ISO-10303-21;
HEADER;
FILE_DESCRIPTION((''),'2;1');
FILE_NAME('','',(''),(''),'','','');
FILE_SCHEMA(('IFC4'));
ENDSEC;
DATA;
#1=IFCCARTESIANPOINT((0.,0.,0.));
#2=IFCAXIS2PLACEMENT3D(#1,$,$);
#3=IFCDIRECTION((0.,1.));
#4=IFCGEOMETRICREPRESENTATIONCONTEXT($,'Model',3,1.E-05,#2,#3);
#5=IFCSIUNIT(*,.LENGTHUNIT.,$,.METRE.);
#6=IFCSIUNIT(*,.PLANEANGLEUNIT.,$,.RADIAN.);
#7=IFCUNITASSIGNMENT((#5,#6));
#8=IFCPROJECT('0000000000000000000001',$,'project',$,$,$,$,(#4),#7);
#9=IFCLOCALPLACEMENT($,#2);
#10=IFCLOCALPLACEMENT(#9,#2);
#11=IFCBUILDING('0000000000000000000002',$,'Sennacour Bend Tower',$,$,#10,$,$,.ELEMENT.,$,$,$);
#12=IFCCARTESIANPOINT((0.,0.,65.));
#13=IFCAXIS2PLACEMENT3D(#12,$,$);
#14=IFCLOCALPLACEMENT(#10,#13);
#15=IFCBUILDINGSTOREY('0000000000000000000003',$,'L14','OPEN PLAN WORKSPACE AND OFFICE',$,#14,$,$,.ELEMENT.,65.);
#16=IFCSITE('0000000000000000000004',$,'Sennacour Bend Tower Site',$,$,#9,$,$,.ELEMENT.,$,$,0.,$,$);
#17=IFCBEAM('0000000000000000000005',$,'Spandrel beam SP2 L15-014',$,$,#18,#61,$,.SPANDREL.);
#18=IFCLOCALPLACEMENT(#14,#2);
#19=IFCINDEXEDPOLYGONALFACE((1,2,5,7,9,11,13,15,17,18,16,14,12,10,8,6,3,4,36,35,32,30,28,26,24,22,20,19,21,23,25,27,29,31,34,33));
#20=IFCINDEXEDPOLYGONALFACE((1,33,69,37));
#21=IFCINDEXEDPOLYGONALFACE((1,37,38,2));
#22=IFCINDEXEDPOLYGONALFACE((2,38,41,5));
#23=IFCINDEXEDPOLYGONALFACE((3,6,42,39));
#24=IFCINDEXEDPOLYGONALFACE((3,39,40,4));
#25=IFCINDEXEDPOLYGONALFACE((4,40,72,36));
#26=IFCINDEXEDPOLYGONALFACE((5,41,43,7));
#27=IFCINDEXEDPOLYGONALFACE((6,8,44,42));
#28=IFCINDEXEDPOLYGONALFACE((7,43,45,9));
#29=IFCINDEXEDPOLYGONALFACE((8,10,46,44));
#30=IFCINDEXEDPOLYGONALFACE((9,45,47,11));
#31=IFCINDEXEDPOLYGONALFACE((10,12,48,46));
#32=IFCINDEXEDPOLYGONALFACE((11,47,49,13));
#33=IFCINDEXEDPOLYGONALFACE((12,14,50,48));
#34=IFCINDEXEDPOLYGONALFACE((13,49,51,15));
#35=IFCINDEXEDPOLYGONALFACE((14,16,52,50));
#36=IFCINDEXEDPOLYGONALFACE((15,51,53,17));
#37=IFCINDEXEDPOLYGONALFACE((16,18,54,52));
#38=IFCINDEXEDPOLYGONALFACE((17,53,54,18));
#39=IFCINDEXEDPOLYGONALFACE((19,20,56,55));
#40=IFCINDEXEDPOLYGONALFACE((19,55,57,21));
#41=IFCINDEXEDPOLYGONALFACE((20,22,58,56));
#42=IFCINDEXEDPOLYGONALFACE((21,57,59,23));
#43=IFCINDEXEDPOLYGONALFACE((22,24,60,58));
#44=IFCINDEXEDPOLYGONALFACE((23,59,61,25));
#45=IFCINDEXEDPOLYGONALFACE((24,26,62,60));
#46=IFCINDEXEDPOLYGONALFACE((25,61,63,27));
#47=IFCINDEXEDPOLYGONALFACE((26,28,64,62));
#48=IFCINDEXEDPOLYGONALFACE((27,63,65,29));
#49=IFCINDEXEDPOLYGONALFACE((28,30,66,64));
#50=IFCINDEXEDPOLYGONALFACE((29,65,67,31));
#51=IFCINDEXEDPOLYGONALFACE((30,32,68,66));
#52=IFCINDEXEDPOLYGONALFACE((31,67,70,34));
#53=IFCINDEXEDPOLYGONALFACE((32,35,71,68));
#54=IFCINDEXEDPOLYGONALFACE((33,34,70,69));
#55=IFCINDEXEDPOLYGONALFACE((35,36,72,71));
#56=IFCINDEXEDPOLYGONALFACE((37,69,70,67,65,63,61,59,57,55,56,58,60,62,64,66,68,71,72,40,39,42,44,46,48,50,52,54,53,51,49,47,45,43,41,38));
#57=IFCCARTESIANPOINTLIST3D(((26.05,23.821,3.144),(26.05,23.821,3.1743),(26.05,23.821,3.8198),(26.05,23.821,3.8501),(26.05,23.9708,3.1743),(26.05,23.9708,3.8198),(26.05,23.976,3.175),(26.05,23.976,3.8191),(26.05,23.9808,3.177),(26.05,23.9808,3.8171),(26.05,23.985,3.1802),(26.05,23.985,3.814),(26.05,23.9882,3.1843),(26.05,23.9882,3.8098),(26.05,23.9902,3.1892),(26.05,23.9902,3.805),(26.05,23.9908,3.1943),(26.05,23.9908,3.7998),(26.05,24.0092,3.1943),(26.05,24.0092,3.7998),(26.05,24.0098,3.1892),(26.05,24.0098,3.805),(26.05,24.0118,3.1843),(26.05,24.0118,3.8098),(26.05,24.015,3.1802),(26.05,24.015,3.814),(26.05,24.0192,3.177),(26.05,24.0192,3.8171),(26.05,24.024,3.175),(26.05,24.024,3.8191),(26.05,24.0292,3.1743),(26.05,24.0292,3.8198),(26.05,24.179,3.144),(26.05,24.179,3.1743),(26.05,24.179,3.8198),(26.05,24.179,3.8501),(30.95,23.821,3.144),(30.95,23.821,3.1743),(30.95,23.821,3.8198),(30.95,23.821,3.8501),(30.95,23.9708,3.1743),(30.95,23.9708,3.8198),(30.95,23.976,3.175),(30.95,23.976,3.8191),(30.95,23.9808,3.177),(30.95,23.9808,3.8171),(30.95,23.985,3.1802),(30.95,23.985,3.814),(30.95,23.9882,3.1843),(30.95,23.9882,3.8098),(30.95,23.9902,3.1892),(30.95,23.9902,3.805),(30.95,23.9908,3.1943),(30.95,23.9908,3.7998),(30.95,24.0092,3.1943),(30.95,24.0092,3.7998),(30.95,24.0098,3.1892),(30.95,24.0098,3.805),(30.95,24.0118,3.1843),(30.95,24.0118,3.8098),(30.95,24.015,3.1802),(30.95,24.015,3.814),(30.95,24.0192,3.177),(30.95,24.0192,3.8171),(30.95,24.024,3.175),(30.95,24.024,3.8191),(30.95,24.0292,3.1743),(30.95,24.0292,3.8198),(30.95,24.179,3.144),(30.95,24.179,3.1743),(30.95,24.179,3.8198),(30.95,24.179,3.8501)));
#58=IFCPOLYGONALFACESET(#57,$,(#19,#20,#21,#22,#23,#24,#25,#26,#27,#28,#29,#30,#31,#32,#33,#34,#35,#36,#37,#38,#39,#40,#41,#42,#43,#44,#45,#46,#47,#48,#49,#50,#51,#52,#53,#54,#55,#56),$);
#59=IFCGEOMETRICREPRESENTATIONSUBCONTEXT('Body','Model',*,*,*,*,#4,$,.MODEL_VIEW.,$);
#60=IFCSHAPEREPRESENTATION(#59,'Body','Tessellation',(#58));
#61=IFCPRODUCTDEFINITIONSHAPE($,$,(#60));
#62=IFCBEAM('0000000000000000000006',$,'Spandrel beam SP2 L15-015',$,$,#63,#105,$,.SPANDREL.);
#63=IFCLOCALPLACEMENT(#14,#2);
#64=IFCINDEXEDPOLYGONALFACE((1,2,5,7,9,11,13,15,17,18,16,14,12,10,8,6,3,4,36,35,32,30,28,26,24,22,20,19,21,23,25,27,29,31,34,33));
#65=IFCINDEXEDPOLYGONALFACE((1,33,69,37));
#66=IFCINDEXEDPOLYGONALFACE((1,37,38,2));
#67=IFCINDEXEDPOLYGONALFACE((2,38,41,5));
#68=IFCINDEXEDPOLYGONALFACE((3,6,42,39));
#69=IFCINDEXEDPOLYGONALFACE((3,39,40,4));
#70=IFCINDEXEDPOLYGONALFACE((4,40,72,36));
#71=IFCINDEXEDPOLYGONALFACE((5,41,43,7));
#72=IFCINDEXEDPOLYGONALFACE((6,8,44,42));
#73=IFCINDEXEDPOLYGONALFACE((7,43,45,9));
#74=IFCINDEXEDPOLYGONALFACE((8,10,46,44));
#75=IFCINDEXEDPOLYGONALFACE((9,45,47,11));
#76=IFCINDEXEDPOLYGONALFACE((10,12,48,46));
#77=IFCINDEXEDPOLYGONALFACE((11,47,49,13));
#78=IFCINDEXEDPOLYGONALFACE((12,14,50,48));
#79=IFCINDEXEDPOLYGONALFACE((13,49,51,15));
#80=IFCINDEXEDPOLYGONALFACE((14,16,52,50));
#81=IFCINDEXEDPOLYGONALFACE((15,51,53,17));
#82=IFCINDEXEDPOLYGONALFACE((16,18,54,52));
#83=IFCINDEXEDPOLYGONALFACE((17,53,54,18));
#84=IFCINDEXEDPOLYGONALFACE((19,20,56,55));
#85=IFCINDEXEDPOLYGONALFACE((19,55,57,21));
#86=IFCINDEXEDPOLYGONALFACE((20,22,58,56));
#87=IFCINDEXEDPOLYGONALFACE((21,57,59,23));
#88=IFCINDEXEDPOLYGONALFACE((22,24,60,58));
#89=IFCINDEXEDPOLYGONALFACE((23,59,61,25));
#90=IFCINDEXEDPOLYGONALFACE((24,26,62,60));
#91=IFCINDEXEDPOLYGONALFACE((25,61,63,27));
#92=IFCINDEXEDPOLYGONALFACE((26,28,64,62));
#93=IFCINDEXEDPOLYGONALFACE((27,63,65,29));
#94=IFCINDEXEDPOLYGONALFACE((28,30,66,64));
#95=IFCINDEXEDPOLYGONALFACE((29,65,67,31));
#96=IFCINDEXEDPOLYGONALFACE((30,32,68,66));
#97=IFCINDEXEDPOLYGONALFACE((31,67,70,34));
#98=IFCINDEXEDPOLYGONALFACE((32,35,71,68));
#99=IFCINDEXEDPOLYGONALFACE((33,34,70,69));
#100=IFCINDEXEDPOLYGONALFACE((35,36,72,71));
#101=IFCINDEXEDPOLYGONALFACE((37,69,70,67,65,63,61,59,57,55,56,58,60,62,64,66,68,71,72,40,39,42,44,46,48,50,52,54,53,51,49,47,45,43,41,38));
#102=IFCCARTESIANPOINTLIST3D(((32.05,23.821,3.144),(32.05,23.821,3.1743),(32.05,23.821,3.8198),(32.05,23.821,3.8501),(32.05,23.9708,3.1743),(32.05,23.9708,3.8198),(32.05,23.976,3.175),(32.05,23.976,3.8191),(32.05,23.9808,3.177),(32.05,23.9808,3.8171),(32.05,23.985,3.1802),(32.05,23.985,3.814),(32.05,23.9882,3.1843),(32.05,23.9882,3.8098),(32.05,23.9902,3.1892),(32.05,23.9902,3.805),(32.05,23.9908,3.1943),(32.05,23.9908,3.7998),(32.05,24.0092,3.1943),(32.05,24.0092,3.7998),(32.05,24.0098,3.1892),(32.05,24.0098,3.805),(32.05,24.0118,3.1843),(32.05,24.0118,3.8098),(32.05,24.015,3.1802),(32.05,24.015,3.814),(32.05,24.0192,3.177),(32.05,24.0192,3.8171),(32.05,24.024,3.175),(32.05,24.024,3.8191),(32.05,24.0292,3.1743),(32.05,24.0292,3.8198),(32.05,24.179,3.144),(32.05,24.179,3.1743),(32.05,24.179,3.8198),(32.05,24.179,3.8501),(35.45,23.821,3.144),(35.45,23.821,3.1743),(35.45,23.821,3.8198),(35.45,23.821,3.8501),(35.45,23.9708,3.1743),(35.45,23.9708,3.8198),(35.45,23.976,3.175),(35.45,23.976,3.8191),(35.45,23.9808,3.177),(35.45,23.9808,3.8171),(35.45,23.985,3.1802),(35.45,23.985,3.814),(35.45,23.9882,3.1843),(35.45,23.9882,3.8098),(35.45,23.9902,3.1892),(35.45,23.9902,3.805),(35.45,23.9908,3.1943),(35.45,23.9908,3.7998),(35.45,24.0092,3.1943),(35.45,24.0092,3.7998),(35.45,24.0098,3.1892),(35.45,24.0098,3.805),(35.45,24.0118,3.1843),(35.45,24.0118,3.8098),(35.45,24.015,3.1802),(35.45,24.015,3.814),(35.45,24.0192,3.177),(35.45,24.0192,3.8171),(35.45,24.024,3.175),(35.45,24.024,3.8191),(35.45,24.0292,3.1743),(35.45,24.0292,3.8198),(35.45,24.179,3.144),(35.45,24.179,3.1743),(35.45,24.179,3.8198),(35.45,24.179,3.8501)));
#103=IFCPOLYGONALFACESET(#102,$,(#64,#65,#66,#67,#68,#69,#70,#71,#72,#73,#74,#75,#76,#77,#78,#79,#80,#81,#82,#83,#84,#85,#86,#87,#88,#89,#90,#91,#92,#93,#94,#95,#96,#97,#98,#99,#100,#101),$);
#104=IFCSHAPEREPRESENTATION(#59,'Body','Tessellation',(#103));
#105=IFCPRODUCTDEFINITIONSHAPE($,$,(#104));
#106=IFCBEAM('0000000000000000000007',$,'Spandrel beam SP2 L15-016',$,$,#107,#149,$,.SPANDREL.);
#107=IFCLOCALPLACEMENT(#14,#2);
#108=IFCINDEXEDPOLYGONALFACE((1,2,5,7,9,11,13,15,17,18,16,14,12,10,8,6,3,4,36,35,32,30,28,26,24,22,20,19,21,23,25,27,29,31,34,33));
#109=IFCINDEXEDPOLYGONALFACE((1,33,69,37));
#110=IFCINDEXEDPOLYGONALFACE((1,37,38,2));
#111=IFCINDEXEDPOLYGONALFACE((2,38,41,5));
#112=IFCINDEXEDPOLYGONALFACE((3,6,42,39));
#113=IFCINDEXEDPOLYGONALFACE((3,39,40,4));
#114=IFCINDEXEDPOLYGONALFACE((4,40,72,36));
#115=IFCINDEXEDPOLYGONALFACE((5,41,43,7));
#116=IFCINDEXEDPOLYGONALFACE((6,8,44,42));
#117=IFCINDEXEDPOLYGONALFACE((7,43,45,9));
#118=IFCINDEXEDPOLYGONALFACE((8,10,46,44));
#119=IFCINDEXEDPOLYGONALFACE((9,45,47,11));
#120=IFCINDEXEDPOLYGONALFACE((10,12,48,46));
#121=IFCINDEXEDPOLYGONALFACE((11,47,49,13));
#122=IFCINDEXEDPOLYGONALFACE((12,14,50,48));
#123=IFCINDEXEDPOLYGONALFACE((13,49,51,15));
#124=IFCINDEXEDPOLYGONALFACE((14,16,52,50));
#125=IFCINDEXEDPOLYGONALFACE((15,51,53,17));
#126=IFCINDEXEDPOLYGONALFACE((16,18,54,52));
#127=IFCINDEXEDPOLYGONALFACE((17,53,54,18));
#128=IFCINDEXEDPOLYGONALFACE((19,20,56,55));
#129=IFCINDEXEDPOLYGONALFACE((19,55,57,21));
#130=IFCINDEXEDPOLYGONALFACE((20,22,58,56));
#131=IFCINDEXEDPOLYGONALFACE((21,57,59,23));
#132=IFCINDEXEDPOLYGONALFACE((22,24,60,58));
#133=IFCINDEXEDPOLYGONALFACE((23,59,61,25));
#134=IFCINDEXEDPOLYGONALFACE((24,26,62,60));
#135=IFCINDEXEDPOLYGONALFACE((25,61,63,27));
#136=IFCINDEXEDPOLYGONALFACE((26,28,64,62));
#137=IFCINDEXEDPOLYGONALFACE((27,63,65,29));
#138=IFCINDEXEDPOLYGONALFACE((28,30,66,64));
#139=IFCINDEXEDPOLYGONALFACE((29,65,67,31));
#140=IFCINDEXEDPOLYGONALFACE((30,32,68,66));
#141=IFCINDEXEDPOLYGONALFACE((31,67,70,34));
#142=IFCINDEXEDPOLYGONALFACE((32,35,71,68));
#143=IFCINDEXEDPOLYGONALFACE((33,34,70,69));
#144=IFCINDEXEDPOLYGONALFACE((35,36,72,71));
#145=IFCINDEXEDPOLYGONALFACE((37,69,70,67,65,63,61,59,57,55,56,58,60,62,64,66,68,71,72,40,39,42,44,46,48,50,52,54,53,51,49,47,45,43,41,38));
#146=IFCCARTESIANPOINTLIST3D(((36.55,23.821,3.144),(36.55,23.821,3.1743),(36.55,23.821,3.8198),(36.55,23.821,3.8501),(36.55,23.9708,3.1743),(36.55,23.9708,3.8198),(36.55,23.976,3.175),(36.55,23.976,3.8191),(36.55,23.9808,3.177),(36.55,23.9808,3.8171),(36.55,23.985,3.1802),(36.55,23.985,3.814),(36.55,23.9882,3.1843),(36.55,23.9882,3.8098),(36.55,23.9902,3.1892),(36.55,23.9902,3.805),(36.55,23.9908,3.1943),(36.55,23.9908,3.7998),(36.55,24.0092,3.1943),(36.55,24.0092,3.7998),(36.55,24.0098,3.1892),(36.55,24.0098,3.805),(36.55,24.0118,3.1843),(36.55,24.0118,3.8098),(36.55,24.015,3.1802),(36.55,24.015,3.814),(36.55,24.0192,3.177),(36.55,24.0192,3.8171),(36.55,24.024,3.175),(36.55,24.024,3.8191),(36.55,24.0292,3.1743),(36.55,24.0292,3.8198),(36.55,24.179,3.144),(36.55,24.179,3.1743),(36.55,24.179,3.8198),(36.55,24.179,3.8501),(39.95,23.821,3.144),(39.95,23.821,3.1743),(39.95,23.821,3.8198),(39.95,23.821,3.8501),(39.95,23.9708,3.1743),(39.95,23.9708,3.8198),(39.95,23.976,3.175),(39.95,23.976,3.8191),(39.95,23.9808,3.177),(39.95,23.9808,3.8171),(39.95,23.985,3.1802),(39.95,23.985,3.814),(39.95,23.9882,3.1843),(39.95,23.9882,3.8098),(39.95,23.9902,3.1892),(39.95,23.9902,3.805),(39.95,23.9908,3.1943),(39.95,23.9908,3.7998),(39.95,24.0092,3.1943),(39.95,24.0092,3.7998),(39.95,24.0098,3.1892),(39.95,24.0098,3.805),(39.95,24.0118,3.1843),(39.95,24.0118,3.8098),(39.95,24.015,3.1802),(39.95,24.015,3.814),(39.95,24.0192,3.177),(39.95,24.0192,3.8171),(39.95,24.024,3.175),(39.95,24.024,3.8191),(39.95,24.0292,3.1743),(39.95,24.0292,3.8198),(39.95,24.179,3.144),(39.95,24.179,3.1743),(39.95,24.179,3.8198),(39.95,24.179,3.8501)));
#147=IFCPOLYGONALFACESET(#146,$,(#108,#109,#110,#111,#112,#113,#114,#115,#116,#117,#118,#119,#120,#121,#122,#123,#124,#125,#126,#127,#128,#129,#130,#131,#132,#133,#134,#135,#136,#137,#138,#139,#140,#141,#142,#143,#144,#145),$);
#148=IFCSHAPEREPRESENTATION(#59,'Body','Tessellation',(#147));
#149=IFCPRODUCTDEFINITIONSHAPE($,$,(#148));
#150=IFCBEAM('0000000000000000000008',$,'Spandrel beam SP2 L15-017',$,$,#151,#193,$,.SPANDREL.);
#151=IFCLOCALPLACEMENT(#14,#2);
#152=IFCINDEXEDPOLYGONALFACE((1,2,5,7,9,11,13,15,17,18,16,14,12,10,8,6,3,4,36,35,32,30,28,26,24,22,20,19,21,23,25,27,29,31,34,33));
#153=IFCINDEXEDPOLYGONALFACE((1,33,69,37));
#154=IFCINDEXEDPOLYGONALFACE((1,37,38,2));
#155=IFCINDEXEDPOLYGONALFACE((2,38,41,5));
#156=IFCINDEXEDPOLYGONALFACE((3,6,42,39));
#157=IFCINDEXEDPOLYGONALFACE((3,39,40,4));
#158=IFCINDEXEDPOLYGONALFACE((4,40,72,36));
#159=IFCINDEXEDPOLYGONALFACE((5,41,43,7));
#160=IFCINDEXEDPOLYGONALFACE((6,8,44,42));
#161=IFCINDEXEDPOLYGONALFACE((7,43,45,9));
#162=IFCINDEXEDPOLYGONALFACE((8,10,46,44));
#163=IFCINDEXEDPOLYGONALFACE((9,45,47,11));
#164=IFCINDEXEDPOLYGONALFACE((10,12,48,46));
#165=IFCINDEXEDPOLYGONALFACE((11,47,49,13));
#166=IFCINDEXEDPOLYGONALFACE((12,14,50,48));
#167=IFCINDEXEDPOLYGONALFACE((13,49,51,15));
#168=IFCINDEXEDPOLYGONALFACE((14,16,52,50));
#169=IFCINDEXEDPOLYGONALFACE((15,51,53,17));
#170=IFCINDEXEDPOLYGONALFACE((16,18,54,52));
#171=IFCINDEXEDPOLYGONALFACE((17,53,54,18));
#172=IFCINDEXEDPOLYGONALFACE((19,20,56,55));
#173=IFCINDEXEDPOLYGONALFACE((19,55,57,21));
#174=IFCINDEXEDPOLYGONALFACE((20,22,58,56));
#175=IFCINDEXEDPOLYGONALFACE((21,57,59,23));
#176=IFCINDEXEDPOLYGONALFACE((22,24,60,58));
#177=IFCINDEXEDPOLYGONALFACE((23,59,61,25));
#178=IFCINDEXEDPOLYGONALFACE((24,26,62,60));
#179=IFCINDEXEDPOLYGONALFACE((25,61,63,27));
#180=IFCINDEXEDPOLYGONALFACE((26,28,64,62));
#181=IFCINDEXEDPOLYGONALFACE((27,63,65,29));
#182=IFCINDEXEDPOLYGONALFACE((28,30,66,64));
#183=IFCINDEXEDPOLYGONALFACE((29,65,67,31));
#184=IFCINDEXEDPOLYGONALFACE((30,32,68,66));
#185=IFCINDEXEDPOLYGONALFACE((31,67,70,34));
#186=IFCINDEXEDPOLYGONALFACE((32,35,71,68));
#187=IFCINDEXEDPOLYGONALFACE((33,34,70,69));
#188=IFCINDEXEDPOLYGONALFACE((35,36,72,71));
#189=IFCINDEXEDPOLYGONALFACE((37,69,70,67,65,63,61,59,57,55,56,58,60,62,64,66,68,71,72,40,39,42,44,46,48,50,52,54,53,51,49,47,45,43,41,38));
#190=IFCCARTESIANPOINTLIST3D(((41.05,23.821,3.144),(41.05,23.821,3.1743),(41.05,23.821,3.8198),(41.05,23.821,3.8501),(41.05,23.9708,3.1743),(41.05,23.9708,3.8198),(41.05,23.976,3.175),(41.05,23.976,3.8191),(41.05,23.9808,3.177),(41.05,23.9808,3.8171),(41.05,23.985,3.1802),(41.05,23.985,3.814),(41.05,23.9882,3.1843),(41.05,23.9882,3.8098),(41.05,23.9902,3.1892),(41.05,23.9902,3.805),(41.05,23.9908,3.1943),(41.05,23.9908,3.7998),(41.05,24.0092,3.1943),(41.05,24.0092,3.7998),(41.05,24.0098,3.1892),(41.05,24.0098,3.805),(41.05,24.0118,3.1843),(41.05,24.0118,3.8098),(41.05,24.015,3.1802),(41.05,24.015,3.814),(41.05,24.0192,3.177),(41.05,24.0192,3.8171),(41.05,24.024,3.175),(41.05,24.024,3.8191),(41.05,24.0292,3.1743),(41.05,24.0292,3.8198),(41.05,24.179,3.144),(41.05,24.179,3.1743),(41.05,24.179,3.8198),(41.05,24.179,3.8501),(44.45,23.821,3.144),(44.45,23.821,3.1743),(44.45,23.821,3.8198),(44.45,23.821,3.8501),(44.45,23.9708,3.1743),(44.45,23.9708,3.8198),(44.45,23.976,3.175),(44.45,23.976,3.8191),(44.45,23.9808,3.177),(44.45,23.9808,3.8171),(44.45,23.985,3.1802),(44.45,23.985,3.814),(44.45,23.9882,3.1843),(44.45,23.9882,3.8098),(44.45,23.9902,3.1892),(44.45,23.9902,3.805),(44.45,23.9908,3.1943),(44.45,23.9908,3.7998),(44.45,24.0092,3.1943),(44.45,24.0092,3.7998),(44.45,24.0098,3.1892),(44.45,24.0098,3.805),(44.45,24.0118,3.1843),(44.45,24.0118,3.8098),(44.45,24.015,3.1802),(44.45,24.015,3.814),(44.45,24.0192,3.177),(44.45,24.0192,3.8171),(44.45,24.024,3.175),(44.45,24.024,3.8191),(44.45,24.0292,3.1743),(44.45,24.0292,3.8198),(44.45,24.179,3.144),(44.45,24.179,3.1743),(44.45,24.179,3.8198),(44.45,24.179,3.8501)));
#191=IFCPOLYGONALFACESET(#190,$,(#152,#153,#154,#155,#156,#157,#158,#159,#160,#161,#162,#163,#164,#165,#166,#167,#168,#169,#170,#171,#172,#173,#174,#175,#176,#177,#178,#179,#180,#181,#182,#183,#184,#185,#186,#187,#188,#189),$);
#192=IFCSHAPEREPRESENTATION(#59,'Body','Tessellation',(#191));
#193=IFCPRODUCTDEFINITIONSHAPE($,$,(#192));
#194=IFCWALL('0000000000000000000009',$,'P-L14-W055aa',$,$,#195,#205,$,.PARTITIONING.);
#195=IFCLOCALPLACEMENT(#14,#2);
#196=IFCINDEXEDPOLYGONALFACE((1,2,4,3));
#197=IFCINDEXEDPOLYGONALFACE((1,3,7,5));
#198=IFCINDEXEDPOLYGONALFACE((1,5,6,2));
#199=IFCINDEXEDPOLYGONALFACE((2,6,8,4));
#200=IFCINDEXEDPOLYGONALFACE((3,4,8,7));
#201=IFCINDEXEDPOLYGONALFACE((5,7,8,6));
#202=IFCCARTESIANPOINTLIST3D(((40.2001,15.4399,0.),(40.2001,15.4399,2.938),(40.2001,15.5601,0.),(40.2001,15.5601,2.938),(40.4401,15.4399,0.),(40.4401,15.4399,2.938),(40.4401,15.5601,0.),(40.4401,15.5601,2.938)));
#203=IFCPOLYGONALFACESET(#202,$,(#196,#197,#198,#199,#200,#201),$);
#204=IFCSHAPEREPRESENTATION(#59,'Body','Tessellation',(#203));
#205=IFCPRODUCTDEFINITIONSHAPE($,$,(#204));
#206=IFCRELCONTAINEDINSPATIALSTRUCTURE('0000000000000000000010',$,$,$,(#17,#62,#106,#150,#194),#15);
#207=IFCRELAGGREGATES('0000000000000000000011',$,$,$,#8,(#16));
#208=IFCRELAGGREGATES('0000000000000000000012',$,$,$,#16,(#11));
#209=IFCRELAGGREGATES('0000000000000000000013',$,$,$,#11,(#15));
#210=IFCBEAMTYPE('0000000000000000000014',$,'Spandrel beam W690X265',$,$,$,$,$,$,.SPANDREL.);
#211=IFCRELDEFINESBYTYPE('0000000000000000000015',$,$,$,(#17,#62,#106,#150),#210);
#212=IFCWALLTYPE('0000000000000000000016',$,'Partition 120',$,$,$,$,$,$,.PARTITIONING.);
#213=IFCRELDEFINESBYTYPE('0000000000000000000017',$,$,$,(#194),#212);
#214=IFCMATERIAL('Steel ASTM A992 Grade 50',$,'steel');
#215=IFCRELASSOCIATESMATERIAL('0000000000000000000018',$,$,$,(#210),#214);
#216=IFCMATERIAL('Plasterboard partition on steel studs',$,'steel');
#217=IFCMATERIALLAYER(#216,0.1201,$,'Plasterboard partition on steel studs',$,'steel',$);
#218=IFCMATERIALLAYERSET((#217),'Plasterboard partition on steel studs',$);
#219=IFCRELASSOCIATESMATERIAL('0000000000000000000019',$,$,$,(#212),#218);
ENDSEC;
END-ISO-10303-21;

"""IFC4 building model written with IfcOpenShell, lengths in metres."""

from ifc_helpers import new_model, si_unit, direction, frame, frame_2d, origin, origin_2d, place, context, subcontext, project, spatial, rectangle, i_section, extrude, material, layer, layer_set, material_profile, profile_set, type_object, element, save


model = new_model("IFC4")

# Units and contexts
model_context = context("Model", 3, precision=1e-05, world=origin(), true_north=direction((0.0, 1.0)))
body_context = subcontext(model_context, "Body", "Model", "MODEL_VIEW")
ifc_project = project(units=[si_unit("LENGTHUNIT", "METRE"), si_unit("PLANEANGLEUNIT", "RADIAN")], contexts=[model_context])

# Site, building, storey
site_placement = place(None, origin())
site = spatial("IfcSite", under=ifc_project, at=site_placement, Name="Sennacour Bend Tower Site", CompositionType="ELEMENT", RefElevation=0.0)
building_placement = place(site_placement, origin())
building = spatial("IfcBuilding", under=site, at=building_placement, Name="Sennacour Bend Tower", CompositionType="ELEMENT")
storey_placement = place(building_placement, frame((0.0, 0.0, 65.0)))
storey = spatial("IfcBuildingStorey", under=building, at=storey_placement, Name="L14", Description="OPEN PLAN WORKSPACE AND OFFICE", CompositionType="ELEMENT", Elevation=65.0)

# Beams
ifc_material_1 = material(Name="Steel ASTM A992 Grade 50", Category="steel")
ifc_material_profile_1 = material_profile(ifc_material_1, i_section(OverallWidth=0.3579, OverallDepth=0.7061, WebThickness=0.0183, FlangeThickness=0.0303, FilletRadius=0.02, at=origin_2d()), Name="Steel ASTM A992 Grade 50", Category="steel")
ifc_profile_set_1 = profile_set([ifc_material_profile_1], Name="Steel ASTM A992 Grade 50")
beam_type_1 = type_object("IfcBeamType", Name="Spandrel beam W690X265", PredefinedType="SPANDREL", material=ifc_profile_set_1)
beam_1_placement = place(storey_placement, frame((26.05, 24.0, 3.4971), z_axis=(1.0, 0.0, 0.0), x_axis=(0.0, 1.0, 0.0)))
element("IfcBeam", 1, at=beam_1_placement, inside=storey, type_object=beam_type_1, Name="Spandrel beam SP2 L15-014", PredefinedType="SPANDREL", context=body_context, shape_type="SweptSolid", body=[
    extrude(i_section(OverallWidth=0.3579, OverallDepth=0.7061, WebThickness=0.0183, FlangeThickness=0.0303, FilletRadius=0.02, at=origin_2d()), origin(), (0.0, 0.0, 1.0), 4.8999),
])
for number, where, z_axis, x_axis, name in (
    (2, (32.05, 24.0, 3.4971), (1.0, 0.0, 0.0), (0.0, 1.0, 0.0), "Spandrel beam SP2 L15-015"),
    (3, (36.55, 24.0, 3.4971), (1.0, 0.0, 0.0), (0.0, 1.0, 0.0), "Spandrel beam SP2 L15-016"),
    (4, (41.05, 24.0, 3.4971), (1.0, 0.0, 0.0), (0.0, 1.0, 0.0), "Spandrel beam SP2 L15-017"),
):
    element("IfcBeam", number, at=place(storey_placement, frame(where, z_axis=z_axis, x_axis=x_axis)), inside=storey, type_object=beam_type_1, Name=name, PredefinedType="SPANDREL", context=body_context, shape_type="SweptSolid", body=[
        extrude(i_section(OverallWidth=0.3579, OverallDepth=0.7061, WebThickness=0.0183, FlangeThickness=0.0303, FilletRadius=0.02, at=origin_2d()), origin(), (0.0, 0.0, 1.0), 3.3999),
    ])

# Wall
ifc_material_2 = material(Name="Plasterboard partition on steel studs", Category="steel")
ifc_layer_1 = layer(ifc_material_2, 0.1201, Name="Plasterboard partition on steel studs", Category="steel")
ifc_layer_set_1 = layer_set([ifc_layer_1], Name="Plasterboard partition on steel studs")
wall_type_1 = type_object("IfcWallType", Name="Partition 120", PredefinedType="PARTITIONING", material=ifc_layer_set_1)
wall_1_placement = place(storey_placement, frame((40.2, 15.5, 0.0), z_axis=(0.0, 0.0, 1.0), x_axis=(1.0, 0.0, 0.0)))
element("IfcWall", 5, at=wall_1_placement, inside=storey, type_object=wall_type_1, Name="P-L14-W055aa", PredefinedType="PARTITIONING", context=body_context, shape_type="SweptSolid", body=[
    extrude(rectangle(XDim=0.24, YDim=0.1201, at=frame_2d((0.1201, 0.0))), origin(), (0.0, 0.0, 1.0), 2.938),
])

save(model, "model.ifc")
